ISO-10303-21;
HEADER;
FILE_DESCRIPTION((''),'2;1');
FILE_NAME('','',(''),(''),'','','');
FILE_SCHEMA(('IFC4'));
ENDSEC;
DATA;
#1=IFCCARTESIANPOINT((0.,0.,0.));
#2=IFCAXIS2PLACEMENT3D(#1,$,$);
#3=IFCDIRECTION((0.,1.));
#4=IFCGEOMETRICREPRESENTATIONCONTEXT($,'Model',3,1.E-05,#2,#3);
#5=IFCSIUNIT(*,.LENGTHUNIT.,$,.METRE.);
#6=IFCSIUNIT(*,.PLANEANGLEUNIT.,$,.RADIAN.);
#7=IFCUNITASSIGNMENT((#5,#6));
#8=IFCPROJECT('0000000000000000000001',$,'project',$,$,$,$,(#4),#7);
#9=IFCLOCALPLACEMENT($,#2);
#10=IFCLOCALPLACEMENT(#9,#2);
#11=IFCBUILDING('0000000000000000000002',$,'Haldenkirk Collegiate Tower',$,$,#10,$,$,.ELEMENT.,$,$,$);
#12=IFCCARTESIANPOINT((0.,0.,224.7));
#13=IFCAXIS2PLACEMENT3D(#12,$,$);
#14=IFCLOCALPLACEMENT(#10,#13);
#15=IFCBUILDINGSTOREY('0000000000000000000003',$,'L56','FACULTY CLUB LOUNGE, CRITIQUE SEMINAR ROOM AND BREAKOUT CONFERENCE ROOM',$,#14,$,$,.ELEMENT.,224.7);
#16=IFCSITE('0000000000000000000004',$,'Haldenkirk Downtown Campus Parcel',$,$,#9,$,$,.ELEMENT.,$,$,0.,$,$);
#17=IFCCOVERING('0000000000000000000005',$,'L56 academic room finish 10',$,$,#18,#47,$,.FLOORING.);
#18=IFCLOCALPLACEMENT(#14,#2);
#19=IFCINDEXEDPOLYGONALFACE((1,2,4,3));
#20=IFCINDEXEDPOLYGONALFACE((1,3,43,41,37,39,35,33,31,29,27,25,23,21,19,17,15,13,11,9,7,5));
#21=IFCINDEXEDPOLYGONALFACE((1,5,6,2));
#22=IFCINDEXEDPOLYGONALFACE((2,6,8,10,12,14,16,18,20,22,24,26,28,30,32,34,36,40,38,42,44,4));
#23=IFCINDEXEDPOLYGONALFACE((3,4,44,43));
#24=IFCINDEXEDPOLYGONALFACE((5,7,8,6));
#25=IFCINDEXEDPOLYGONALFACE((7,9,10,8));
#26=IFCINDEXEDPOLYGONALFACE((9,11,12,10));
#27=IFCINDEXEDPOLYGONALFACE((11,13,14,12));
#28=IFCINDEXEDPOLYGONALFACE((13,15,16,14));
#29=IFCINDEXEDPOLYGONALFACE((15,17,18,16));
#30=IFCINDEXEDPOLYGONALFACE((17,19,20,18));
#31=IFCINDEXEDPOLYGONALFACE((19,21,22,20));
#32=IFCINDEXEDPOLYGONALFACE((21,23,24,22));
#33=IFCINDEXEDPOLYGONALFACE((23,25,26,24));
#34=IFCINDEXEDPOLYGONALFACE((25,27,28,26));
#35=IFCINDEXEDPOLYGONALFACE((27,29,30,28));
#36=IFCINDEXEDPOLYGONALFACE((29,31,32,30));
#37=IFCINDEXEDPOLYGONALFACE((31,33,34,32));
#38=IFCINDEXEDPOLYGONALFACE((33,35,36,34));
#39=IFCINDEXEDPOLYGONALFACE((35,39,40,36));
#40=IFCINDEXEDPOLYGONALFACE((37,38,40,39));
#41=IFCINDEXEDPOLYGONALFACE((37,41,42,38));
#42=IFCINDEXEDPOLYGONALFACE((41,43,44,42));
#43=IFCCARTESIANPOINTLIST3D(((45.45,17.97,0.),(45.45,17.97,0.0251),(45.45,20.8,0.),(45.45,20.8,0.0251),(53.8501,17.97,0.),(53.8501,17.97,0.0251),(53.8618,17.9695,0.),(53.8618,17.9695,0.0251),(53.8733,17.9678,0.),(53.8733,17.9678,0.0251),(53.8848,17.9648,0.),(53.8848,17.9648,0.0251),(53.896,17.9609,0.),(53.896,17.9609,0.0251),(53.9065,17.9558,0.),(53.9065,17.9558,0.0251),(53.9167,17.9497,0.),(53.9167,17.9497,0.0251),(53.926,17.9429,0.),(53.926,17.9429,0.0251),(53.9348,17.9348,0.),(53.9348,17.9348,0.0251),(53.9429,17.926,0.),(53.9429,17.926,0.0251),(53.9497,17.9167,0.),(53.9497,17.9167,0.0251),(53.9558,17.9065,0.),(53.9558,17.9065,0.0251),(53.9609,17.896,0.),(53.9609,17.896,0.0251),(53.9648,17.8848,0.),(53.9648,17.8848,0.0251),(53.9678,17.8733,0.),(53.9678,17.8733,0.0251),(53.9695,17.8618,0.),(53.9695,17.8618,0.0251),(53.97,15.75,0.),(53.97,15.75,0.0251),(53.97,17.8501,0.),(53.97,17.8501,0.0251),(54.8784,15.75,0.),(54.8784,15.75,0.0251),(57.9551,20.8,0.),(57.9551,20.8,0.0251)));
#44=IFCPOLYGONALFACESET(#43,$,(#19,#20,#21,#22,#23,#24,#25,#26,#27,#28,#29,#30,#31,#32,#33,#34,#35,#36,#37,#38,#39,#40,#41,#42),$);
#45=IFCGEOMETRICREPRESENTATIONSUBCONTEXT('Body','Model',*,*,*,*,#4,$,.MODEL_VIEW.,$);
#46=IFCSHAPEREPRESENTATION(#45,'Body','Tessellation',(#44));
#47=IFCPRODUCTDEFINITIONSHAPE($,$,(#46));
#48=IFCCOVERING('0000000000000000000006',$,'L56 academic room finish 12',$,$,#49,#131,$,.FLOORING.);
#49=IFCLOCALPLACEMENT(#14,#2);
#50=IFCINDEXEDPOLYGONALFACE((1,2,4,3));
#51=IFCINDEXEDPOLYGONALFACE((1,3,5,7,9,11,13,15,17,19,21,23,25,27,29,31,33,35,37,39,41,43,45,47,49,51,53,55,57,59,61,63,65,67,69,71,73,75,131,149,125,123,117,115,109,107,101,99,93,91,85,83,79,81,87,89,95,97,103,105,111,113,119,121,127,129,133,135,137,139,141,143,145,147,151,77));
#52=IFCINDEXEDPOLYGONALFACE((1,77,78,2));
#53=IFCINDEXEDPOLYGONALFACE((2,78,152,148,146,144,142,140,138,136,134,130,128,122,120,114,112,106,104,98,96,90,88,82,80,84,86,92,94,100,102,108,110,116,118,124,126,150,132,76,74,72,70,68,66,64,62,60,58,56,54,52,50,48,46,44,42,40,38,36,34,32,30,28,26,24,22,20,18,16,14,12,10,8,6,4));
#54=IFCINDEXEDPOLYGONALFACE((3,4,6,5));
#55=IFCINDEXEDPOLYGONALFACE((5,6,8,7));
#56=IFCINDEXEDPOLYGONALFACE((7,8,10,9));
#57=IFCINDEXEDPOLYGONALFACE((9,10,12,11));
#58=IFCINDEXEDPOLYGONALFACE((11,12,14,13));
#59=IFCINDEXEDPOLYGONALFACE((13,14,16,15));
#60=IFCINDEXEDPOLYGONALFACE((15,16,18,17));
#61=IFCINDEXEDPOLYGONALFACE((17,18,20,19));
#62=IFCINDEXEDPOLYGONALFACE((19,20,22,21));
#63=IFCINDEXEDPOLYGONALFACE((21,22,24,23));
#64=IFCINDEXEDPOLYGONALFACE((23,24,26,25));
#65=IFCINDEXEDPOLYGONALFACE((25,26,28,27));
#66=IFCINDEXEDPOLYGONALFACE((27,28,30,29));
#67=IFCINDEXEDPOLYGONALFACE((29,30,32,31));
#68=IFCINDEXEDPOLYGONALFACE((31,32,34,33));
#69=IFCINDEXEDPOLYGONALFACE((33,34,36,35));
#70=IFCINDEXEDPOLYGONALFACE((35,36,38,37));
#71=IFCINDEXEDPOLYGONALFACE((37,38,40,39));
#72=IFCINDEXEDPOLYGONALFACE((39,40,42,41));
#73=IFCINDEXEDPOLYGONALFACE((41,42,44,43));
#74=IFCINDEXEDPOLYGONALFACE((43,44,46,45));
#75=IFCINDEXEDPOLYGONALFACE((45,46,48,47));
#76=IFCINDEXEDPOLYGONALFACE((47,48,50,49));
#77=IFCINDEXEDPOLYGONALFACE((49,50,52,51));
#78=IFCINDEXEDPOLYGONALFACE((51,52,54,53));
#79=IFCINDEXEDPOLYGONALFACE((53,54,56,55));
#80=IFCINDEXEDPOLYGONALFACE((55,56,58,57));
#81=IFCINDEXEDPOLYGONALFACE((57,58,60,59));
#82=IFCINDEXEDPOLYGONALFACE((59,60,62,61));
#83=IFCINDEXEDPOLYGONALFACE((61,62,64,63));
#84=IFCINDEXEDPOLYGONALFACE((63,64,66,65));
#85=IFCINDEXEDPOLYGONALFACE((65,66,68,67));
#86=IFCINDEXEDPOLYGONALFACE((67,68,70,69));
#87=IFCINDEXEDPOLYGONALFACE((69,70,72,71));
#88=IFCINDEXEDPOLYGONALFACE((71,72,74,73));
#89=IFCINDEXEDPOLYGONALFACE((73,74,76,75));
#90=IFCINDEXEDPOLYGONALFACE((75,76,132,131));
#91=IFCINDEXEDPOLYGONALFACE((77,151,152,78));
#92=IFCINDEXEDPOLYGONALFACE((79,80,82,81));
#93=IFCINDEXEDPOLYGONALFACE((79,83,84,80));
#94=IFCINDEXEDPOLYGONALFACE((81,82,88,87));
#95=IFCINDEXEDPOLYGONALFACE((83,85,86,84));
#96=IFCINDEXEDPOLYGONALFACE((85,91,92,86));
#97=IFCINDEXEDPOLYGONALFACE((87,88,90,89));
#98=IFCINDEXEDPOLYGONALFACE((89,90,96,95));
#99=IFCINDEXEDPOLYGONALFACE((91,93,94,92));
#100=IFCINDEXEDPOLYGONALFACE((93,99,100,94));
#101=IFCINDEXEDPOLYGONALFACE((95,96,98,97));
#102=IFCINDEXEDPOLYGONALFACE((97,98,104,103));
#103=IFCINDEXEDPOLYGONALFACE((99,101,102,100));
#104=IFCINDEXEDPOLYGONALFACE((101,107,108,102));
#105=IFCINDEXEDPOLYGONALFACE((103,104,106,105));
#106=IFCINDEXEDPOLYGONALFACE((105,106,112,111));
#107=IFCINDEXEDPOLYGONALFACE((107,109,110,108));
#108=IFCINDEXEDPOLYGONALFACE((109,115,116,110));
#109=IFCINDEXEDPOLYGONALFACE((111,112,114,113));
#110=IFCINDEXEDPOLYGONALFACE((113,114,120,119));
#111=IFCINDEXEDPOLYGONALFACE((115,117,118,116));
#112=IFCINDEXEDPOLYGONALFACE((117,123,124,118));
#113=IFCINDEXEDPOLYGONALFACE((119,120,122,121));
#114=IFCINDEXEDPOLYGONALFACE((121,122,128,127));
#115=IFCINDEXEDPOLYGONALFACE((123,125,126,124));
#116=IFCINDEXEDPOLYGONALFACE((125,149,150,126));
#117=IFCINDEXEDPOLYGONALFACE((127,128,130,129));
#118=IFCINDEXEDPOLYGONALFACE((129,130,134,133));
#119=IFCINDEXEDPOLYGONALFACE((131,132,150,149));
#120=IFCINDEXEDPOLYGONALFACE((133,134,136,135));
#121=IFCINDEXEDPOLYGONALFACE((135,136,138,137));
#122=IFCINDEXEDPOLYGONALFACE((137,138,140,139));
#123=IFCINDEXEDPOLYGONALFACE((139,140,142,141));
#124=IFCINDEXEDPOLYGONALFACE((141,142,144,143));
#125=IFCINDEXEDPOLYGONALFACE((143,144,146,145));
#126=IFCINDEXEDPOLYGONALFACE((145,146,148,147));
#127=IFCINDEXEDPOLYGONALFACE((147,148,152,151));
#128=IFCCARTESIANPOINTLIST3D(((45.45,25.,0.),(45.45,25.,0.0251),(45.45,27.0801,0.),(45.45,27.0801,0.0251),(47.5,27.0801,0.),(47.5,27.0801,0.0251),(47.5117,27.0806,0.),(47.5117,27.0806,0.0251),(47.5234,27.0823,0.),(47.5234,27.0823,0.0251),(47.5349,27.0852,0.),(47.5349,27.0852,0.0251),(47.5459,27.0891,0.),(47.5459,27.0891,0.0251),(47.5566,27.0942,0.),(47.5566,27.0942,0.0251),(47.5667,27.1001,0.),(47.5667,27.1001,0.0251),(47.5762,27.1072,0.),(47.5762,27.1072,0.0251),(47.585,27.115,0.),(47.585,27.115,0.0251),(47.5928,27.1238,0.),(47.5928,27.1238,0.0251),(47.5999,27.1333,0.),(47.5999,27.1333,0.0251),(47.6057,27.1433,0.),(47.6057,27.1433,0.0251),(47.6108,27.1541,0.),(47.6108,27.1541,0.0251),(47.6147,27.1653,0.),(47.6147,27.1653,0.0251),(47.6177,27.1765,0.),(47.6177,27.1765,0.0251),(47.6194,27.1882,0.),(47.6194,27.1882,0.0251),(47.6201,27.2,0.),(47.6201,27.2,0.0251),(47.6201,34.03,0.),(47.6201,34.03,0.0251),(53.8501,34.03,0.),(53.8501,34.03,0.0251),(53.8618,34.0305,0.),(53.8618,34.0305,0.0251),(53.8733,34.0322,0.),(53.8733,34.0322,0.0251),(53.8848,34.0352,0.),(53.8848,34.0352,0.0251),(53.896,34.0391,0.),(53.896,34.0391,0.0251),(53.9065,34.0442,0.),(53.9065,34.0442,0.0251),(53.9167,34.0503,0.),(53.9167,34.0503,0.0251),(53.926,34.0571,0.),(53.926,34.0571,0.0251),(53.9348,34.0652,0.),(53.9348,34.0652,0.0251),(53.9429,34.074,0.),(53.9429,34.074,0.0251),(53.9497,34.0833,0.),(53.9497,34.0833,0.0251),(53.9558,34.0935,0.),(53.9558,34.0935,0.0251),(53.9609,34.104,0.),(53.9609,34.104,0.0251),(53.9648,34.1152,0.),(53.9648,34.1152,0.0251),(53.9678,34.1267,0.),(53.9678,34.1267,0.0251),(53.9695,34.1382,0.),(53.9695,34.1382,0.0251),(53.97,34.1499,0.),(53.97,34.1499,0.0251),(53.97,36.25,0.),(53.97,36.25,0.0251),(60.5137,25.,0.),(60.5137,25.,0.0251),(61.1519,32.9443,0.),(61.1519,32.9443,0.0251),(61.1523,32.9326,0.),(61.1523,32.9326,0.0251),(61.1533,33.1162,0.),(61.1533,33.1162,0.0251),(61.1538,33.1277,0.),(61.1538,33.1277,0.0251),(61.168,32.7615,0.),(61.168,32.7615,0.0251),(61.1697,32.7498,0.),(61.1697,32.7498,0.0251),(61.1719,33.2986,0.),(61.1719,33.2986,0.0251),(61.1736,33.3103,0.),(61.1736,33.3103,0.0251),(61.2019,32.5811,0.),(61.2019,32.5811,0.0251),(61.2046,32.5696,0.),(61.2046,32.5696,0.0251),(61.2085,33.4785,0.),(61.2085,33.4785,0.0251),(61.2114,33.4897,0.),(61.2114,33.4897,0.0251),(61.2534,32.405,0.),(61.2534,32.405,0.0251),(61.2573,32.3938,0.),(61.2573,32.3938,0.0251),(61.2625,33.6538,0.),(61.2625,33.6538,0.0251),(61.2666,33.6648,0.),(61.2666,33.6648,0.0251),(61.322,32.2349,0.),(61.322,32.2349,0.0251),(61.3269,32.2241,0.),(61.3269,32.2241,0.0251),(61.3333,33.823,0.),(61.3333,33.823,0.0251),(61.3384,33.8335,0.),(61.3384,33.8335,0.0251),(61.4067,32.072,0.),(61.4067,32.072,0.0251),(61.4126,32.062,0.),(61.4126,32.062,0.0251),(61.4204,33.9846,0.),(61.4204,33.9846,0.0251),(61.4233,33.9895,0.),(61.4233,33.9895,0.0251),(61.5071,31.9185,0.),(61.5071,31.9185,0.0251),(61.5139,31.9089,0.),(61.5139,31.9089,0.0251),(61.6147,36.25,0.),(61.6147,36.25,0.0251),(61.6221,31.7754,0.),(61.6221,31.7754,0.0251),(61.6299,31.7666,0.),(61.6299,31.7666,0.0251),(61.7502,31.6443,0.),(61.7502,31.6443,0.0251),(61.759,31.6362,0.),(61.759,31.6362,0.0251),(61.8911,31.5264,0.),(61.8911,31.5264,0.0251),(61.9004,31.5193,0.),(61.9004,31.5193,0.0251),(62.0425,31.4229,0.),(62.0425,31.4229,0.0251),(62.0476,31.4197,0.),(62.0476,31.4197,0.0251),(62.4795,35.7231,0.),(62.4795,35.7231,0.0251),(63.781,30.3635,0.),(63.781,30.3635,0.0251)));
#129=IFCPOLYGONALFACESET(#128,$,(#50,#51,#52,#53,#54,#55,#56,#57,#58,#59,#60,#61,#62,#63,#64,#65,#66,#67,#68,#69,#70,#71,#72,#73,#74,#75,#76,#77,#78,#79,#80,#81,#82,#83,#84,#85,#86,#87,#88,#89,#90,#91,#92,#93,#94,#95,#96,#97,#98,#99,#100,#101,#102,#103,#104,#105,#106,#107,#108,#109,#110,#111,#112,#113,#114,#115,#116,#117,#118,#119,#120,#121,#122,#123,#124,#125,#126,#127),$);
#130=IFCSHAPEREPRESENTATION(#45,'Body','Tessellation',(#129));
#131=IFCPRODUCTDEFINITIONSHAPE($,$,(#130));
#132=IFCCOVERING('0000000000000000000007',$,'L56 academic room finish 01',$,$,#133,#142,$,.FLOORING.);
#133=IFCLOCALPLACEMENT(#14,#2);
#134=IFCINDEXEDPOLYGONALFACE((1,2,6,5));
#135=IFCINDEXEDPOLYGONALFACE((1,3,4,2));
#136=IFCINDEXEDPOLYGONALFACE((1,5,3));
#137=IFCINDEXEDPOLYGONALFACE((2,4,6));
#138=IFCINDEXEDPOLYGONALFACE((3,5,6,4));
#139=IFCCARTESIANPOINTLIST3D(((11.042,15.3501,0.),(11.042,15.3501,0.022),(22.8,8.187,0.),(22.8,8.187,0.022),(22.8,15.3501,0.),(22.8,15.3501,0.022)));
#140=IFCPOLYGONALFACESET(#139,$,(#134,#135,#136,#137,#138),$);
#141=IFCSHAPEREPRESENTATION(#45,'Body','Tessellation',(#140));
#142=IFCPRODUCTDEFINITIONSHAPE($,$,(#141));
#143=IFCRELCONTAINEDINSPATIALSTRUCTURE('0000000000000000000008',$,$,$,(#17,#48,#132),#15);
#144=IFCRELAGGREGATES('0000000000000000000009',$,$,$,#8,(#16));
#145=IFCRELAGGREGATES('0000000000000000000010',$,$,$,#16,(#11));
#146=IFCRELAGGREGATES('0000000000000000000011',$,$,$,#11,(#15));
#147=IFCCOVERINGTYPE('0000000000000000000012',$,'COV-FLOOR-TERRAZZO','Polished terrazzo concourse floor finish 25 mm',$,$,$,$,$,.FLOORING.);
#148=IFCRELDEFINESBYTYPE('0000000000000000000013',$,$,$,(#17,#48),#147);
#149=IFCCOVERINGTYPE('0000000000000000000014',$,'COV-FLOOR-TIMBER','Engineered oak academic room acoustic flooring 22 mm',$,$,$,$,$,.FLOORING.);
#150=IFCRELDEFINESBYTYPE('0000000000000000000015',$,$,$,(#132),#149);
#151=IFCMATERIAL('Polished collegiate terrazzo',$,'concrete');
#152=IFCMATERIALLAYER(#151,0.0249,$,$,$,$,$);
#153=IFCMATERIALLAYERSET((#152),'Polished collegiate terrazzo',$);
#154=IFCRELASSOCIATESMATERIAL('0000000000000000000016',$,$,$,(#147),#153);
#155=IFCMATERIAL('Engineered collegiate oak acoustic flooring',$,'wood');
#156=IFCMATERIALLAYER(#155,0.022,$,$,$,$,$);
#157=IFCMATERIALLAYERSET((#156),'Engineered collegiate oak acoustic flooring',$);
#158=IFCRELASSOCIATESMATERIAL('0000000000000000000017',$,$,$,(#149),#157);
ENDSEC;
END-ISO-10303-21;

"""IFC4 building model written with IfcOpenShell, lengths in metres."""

from ifc_helpers import new_model, si_unit, direction, frame, origin, place, context, subcontext, project, spatial, polyline, outline, extrude, material, layer, layer_set, type_object, element, save


model = new_model("IFC4")

# Units and contexts
model_context = context("Model", 3, precision=1e-05, world=origin(), true_north=direction((0.0, 1.0)))
body_context = subcontext(model_context, "Body", "Model", "MODEL_VIEW")
ifc_project = project(units=[si_unit("LENGTHUNIT", "METRE"), si_unit("PLANEANGLEUNIT", "RADIAN")], contexts=[model_context])

# Site, building, storey
site_placement = place(None, origin())
site = spatial("IfcSite", under=ifc_project, at=site_placement, Name="Haldenkirk Downtown Campus Parcel", CompositionType="ELEMENT", RefElevation=0.0)
building_placement = place(site_placement, origin())
building = spatial("IfcBuilding", under=site, at=building_placement, Name="Haldenkirk Collegiate Tower", CompositionType="ELEMENT")
storey_placement = place(building_placement, frame((0.0, 0.0, 224.7)))
storey = spatial("IfcBuildingStorey", under=building, at=storey_placement, Name="L56", Description="FACULTY CLUB LOUNGE, CRITIQUE SEMINAR ROOM AND BREAKOUT CONFERENCE ROOM", CompositionType="ELEMENT", Elevation=224.7)

# Coverings
ifc_material_1 = material(Name="Polished collegiate terrazzo", Category="concrete")
ifc_layer_1 = layer(ifc_material_1, 0.0249)
ifc_layer_set_1 = layer_set([ifc_layer_1], Name="Polished collegiate terrazzo")
covering_type_1 = type_object("IfcCoveringType", Name="COV-FLOOR-TERRAZZO", Description="Polished terrazzo concourse floor finish 25 mm", PredefinedType="FLOORING", material=ifc_layer_set_1)
covering_1_placement = place(storey_placement, origin())
element("IfcCovering", 1, at=covering_1_placement, inside=storey, type_object=covering_type_1, Name="L56 academic room finish 10", PredefinedType="FLOORING", context=body_context, shape_type="SweptSolid", body=[
    extrude(outline(polyline([(45.45, 17.97), (45.45, 20.8), (57.9551, 20.8), (54.8784, 15.75), (53.97, 15.75), (53.97, 17.8501), (53.9695, 17.8618), (53.9678, 17.8733), (53.9648, 17.8848), (53.9609, 17.896), (53.9558, 17.9065), (53.9497, 17.9167), (53.9429, 17.926), (53.9348, 17.9348), (53.926, 17.9429), (53.9167, 17.9497), (53.9065, 17.9558), (53.896, 17.9609), (53.8848, 17.9648), (53.8733, 17.9678), (53.8618, 17.9695), (53.8501, 17.97), (45.45, 17.97)])), origin(), (0.0, 0.0, 1.0), 0.0251),
])
covering_2_placement = place(storey_placement, origin())
element("IfcCovering", 2, at=covering_2_placement, inside=storey, type_object=covering_type_1, Name="L56 academic room finish 12", PredefinedType="FLOORING", context=body_context, shape_type="SweptSolid", body=[
    extrude(outline(polyline([(47.5, 27.0801), (47.5117, 27.0806), (47.5234, 27.0823), (47.5349, 27.0852), (47.5459, 27.0891), (47.5566, 27.0942), (47.5667, 27.1001), (47.5762, 27.1072), (47.585, 27.115), (47.5928, 27.1238), (47.5999, 27.1333), (47.6057, 27.1433), (47.6108, 27.1541), (47.6147, 27.1653), (47.6177, 27.1765), (47.6194, 27.1882), (47.6201, 27.2), (47.6201, 34.03), (53.8501, 34.03), (53.8618, 34.0305), (53.8733, 34.0322), (53.8848, 34.0352), (53.896, 34.0391), (53.9065, 34.0442), (53.9167, 34.0503), (53.926, 34.0571), (53.9348, 34.0652), (53.9429, 34.074), (53.9497, 34.0833), (53.9558, 34.0935), (53.9609, 34.104), (53.9648, 34.1152), (53.9678, 34.1267), (53.9695, 34.1382), (53.97, 34.1499), (53.97, 36.25), (61.6147, 36.25), (62.4795, 35.7231), (61.4233, 33.9895), (61.4204, 33.9846), (61.3384, 33.8335), (61.3333, 33.823), (61.2666, 33.6648), (61.2625, 33.6538), (61.2114, 33.4897), (61.2085, 33.4785), (61.1736, 33.3103), (61.1719, 33.2986), (61.1538, 33.1277), (61.1533, 33.1162), (61.1519, 32.9443), (61.1523, 32.9326), (61.168, 32.7615), (61.1697, 32.7498), (61.2019, 32.5811), (61.2046, 32.5696), (61.2534, 32.405), (61.2573, 32.3938), (61.322, 32.2349), (61.3269, 32.2241), (61.4067, 32.072), (61.4126, 32.062), (61.5071, 31.9185), (61.5139, 31.9089), (61.6221, 31.7754), (61.6299, 31.7666), (61.7502, 31.6443), (61.759, 31.6362), (61.8911, 31.5264), (61.9004, 31.5193), (62.0425, 31.4229), (62.0476, 31.4197), (63.781, 30.3635), (60.5137, 25.0), (45.45, 25.0), (45.45, 27.0801), (47.5, 27.0801)])), origin(), (0.0, 0.0, 1.0), 0.0251),
])
ifc_material_2 = material(Name="Engineered collegiate oak acoustic flooring", Category="wood")
ifc_layer_2 = layer(ifc_material_2, 0.022)
ifc_layer_set_2 = layer_set([ifc_layer_2], Name="Engineered collegiate oak acoustic flooring")
covering_type_2 = type_object("IfcCoveringType", Name="COV-FLOOR-TIMBER", Description="Engineered oak academic room acoustic flooring 22 mm", PredefinedType="FLOORING", material=ifc_layer_set_2)
covering_3_placement = place(storey_placement, origin())
element("IfcCovering", 3, at=covering_3_placement, inside=storey, type_object=covering_type_2, Name="L56 academic room finish 01", PredefinedType="FLOORING", context=body_context, shape_type="SweptSolid", body=[
    extrude(outline(polyline([(11.042, 15.3501), (22.8, 15.3501), (22.8, 8.187), (11.042, 15.3501)])), origin(), (0.0, 0.0, 1.0), 0.022),
])

save(model, "model.ifc")
